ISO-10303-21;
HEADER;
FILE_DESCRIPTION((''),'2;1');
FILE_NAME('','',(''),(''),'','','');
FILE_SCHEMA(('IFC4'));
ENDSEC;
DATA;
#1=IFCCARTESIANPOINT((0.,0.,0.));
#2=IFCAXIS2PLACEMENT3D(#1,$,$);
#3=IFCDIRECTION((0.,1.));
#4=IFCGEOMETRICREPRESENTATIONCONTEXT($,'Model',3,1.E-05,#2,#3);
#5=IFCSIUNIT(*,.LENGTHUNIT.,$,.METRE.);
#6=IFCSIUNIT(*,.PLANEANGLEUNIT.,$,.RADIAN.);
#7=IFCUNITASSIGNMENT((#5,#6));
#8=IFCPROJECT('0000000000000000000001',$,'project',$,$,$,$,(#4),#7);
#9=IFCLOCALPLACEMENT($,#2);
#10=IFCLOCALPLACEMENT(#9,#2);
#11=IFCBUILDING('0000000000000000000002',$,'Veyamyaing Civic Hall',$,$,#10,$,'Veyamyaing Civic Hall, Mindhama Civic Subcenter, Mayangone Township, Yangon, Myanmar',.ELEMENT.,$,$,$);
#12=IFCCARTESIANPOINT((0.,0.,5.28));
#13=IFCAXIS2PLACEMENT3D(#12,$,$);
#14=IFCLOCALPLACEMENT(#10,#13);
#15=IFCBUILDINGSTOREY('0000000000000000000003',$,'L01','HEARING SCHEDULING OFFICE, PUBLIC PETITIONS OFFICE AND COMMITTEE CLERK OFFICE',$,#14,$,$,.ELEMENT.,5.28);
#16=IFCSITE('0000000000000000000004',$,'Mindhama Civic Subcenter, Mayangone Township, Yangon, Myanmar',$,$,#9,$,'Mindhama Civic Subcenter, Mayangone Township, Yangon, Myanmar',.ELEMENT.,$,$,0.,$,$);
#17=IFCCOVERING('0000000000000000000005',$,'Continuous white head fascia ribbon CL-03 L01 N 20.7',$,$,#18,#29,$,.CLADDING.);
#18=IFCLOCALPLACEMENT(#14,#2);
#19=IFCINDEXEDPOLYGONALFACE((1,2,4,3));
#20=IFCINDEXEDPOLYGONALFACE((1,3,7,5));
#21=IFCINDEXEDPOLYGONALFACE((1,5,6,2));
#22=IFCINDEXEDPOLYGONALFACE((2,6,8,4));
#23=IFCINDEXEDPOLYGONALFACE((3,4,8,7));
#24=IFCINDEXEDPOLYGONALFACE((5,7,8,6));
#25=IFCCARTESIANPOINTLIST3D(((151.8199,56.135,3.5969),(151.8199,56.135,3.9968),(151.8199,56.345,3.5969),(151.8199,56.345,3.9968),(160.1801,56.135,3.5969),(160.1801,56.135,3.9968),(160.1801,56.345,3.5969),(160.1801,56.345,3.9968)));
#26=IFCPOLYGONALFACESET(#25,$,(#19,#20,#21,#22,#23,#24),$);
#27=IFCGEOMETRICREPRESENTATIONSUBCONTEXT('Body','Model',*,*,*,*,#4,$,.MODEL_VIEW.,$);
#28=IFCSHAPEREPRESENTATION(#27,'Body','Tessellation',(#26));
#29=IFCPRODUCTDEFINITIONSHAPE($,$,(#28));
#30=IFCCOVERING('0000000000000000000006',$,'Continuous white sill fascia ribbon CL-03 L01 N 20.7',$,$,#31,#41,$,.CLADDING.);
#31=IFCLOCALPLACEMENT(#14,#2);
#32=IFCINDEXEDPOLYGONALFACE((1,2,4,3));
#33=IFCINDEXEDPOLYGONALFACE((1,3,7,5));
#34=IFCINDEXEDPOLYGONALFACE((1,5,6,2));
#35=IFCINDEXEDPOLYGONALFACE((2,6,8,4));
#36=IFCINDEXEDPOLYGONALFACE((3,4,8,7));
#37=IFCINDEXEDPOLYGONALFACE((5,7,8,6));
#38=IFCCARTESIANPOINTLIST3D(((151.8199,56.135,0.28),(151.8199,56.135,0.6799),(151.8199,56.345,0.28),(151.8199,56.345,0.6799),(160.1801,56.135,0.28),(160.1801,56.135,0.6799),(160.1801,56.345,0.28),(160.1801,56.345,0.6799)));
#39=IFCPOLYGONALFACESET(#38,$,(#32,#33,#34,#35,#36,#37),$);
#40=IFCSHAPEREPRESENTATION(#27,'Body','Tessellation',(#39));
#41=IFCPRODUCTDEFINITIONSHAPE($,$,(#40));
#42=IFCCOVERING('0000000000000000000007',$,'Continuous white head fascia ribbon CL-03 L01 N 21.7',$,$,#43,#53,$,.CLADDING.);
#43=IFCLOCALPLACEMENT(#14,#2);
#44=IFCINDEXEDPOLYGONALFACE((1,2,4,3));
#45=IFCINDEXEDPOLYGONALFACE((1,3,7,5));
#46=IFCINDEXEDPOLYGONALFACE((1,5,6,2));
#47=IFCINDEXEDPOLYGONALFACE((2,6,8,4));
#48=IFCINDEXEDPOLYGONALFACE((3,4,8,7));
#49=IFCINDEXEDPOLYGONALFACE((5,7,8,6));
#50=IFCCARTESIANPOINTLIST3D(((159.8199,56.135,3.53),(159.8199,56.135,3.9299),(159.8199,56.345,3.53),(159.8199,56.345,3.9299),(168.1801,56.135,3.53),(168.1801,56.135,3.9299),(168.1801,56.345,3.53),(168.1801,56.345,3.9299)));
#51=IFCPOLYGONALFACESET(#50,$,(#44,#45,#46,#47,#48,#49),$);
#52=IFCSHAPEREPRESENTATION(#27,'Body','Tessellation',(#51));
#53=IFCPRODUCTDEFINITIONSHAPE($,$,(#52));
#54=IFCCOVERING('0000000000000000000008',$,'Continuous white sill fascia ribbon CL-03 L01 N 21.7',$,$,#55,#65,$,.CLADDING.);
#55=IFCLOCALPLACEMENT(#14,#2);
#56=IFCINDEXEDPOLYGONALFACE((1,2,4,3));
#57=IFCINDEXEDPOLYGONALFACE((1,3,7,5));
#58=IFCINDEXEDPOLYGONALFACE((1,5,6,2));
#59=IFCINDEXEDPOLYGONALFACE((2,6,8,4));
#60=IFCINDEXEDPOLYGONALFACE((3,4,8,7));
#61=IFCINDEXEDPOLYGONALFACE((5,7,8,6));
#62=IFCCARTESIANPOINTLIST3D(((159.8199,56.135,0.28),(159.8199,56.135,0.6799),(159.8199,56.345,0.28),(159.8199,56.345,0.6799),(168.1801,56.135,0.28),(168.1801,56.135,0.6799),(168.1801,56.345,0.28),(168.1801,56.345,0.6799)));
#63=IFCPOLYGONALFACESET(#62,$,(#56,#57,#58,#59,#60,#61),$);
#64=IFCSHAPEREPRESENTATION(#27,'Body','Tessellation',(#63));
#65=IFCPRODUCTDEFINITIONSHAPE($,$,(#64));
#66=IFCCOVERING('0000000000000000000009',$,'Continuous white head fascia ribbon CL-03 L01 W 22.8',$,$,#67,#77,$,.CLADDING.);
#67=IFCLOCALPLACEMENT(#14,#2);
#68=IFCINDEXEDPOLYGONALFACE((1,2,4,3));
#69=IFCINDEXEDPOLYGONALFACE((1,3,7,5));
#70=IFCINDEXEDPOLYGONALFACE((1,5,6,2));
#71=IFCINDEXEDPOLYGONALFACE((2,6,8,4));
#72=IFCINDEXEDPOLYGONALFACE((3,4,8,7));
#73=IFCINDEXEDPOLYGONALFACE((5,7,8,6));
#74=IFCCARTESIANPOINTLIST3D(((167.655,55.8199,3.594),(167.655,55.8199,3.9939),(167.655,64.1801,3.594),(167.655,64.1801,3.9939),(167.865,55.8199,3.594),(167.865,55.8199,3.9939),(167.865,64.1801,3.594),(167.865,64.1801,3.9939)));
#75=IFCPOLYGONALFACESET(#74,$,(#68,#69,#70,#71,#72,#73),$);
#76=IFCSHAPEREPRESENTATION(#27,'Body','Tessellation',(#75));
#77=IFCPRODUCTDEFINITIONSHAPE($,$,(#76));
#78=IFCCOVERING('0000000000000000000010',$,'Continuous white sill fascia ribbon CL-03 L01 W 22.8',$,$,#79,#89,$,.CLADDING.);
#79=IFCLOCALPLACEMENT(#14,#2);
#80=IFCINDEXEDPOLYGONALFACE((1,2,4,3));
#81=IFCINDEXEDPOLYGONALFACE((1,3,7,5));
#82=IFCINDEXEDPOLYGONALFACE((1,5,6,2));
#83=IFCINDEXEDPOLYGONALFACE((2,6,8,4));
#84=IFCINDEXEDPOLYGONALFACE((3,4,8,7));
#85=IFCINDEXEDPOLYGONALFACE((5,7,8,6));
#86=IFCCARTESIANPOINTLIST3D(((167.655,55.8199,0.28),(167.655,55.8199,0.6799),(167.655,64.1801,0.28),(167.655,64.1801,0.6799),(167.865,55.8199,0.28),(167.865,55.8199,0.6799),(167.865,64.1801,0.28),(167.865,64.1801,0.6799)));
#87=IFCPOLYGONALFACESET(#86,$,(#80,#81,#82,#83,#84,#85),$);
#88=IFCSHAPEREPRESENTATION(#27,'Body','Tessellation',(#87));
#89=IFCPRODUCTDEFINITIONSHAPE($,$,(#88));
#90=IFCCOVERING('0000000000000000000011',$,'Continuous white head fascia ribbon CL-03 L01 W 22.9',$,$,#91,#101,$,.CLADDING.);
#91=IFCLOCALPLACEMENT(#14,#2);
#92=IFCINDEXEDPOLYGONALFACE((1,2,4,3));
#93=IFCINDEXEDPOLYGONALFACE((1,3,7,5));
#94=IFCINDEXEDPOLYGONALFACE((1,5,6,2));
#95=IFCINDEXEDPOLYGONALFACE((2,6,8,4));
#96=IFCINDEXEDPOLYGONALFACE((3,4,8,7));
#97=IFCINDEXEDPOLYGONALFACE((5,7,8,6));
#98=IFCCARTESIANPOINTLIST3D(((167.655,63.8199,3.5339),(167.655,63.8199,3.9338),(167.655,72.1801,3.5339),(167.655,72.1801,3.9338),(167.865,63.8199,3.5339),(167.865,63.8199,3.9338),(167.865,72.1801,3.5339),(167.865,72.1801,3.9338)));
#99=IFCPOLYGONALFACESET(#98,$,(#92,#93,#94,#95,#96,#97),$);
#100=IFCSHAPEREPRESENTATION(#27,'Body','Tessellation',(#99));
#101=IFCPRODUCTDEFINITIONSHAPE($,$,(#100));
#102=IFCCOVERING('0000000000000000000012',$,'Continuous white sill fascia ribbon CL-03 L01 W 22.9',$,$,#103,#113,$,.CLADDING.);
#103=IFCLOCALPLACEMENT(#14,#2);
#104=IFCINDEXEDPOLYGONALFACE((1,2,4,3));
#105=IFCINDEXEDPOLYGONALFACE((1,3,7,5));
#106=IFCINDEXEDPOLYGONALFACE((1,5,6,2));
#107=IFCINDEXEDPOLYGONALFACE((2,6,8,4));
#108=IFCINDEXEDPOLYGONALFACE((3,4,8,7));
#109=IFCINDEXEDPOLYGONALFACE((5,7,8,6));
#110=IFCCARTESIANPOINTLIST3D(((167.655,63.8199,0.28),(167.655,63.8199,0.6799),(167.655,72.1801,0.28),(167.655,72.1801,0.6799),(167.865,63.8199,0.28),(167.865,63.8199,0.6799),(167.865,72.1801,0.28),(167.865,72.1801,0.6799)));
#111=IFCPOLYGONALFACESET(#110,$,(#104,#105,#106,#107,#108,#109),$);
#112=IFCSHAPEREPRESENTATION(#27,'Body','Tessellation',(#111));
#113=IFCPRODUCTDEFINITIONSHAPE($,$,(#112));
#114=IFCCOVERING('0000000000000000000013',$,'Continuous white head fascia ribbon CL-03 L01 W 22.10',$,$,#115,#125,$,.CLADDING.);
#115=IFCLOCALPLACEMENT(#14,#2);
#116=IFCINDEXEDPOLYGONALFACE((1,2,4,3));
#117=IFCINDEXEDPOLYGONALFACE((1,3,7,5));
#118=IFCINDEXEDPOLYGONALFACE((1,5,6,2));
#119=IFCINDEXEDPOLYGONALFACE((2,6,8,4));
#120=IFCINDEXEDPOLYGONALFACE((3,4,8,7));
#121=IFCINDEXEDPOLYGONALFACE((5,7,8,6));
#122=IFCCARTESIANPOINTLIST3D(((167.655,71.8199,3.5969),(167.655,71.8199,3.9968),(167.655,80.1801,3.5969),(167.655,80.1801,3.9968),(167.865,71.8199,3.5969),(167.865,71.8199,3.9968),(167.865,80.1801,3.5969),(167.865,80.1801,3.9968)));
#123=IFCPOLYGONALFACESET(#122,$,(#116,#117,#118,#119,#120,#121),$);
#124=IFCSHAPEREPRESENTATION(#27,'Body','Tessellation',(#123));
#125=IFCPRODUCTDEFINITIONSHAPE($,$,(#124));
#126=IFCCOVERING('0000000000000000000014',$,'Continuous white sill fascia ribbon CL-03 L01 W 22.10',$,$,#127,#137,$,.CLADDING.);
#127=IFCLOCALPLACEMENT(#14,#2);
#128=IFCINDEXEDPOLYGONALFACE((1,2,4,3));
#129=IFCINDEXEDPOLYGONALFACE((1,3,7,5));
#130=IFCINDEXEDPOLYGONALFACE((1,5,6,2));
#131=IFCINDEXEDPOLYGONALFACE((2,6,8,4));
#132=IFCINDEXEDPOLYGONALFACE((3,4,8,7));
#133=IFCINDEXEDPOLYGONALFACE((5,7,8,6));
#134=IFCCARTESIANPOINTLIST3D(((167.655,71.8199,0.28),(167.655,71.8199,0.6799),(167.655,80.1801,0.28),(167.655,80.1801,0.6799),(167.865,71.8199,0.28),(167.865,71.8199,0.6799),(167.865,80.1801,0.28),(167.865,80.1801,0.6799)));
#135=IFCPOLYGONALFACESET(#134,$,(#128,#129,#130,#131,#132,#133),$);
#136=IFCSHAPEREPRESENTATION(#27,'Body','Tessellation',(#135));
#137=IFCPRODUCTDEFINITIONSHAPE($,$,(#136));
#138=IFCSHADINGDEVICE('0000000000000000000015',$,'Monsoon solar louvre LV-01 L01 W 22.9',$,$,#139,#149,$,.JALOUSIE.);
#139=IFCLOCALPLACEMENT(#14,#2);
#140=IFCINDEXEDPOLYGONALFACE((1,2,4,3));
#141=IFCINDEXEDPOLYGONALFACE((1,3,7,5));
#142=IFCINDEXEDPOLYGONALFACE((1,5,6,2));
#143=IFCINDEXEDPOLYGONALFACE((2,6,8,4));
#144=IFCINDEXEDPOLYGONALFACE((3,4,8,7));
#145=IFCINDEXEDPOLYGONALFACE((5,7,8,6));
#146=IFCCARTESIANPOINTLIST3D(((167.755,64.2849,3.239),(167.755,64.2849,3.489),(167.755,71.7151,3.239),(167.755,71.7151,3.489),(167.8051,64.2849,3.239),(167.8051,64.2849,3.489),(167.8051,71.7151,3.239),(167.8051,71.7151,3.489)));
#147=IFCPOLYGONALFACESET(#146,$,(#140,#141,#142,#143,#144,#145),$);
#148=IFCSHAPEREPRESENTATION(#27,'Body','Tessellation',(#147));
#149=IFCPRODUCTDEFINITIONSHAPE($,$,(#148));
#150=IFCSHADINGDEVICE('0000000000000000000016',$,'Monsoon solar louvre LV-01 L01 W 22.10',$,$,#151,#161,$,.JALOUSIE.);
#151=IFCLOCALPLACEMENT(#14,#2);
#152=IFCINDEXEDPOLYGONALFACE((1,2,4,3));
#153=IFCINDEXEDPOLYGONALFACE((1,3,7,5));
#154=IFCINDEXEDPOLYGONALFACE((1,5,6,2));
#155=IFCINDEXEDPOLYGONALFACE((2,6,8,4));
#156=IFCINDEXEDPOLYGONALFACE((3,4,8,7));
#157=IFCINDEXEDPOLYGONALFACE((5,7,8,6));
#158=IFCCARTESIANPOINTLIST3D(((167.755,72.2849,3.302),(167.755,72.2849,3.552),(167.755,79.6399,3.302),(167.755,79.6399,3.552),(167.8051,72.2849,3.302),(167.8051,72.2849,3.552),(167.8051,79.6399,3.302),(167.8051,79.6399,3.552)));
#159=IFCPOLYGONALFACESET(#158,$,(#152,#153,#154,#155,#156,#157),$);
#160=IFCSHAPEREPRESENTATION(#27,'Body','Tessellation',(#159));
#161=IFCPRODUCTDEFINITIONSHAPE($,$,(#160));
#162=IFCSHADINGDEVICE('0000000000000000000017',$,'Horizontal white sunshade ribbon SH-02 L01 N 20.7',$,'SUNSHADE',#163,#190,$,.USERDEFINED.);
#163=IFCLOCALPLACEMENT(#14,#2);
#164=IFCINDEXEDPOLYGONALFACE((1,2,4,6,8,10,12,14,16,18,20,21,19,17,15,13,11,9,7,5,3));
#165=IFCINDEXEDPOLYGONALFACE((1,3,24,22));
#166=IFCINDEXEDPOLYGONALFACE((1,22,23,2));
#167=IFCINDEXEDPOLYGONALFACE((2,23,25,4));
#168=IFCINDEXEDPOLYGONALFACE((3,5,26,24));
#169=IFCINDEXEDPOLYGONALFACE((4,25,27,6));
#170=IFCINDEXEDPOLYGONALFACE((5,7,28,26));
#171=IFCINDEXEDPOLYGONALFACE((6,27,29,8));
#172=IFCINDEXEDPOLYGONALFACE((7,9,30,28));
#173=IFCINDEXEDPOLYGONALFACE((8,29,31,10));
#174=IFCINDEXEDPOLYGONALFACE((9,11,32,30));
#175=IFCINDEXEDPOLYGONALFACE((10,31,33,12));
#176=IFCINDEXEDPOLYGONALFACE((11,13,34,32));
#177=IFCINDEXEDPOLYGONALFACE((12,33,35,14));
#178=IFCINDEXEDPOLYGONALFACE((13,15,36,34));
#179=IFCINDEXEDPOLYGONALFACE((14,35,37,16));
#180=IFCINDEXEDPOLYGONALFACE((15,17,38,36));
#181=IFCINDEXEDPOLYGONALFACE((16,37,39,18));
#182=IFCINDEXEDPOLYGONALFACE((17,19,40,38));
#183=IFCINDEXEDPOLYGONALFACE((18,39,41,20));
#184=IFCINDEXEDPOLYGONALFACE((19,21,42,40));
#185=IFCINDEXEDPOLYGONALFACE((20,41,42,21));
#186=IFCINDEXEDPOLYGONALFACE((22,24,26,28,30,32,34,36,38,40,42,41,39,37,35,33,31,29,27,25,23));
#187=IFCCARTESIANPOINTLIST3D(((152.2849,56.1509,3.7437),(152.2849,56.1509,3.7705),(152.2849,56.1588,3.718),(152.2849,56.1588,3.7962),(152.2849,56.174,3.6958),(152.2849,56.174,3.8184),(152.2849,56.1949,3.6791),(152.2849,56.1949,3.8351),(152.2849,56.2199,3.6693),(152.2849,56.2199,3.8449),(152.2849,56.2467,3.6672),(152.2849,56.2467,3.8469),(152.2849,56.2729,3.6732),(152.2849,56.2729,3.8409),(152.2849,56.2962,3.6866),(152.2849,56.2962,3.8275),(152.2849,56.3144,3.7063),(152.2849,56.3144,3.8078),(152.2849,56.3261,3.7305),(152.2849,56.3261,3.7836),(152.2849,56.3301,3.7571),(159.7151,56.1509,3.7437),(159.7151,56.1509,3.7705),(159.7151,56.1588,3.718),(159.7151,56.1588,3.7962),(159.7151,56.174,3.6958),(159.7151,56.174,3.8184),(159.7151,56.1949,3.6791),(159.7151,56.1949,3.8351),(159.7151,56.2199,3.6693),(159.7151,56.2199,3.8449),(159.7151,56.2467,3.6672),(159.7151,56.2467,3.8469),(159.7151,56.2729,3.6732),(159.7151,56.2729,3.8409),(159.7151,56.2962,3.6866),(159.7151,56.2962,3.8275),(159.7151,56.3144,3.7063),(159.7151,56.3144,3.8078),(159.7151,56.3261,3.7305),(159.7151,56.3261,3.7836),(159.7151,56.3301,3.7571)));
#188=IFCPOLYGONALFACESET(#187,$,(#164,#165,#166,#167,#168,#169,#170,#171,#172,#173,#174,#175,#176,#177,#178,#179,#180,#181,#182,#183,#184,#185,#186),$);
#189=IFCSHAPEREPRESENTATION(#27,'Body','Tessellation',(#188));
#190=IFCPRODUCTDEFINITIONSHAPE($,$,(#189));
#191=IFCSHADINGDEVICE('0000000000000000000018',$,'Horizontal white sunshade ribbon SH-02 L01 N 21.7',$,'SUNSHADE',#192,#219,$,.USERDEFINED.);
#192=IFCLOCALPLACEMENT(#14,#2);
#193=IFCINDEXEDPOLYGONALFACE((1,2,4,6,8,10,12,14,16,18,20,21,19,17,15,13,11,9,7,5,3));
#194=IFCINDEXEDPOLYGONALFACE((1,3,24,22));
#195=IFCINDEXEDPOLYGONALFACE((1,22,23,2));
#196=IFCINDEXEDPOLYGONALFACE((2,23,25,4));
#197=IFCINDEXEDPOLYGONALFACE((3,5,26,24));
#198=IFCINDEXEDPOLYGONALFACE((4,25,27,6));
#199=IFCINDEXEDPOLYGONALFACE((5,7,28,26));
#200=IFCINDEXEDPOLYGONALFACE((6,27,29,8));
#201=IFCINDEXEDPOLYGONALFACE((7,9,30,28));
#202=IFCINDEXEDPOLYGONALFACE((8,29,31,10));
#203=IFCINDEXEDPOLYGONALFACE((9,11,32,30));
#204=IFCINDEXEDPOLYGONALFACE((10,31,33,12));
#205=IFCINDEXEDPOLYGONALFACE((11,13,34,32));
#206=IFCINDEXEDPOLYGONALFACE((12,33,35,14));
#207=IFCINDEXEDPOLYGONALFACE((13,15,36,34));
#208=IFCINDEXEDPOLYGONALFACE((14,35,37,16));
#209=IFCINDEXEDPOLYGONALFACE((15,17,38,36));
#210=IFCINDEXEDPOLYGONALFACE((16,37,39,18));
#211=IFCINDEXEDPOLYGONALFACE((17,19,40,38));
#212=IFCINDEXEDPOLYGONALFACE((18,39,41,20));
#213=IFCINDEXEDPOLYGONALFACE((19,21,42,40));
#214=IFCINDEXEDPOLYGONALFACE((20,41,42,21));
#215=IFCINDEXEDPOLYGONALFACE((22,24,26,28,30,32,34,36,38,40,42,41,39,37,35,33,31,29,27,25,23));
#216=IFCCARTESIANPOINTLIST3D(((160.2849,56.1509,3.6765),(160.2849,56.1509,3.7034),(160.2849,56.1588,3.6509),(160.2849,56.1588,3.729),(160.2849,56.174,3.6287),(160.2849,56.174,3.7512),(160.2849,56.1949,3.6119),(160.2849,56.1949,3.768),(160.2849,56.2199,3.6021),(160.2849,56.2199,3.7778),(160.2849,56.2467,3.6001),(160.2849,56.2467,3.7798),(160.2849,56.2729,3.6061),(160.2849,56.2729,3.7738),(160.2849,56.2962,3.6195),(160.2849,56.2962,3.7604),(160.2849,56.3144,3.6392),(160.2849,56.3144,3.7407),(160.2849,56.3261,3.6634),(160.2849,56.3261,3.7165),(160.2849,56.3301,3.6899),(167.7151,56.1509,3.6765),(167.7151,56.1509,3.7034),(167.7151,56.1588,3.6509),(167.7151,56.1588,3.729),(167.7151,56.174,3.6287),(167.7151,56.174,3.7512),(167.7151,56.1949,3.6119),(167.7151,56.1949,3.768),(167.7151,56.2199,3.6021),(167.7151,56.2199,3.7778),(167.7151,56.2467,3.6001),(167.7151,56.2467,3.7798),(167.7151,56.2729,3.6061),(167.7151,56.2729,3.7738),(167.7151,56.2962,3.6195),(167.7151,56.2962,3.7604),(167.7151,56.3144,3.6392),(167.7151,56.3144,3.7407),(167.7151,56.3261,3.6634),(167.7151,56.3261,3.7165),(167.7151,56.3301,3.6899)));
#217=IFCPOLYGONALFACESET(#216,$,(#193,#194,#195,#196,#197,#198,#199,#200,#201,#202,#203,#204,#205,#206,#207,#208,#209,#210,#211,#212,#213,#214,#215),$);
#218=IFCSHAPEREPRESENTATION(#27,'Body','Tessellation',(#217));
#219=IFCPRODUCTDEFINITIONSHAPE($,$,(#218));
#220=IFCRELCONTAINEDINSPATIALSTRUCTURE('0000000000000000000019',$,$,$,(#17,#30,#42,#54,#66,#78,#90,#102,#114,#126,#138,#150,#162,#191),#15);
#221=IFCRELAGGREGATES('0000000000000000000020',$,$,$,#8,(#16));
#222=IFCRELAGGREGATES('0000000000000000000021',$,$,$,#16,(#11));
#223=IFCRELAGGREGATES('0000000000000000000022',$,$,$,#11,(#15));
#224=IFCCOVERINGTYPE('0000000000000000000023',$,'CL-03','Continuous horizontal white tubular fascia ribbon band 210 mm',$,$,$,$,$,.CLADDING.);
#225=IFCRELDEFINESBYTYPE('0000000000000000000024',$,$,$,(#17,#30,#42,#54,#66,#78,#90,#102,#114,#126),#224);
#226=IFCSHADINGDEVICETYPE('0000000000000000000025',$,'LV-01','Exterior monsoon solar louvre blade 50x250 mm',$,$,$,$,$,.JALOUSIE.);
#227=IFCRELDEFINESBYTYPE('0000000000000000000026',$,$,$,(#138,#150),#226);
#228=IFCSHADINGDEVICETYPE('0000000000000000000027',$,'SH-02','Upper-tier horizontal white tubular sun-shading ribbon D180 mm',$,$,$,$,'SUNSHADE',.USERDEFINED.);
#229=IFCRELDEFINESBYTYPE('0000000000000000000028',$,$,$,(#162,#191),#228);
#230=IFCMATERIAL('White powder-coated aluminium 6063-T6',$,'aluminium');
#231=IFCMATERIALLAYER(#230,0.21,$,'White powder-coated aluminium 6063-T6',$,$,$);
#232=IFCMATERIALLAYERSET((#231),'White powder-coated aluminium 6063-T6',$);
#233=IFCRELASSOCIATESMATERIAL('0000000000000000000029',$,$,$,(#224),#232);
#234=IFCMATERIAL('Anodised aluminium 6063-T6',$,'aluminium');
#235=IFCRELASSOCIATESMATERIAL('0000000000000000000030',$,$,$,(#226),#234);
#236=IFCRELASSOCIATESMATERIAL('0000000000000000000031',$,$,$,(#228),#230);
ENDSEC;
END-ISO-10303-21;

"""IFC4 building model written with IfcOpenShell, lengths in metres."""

from ifc_helpers import new_model, si_unit, direction, frame, origin, origin_2d, place, context, subcontext, project, spatial, rectangle, circle, extrude, material, layer, layer_set, material_profile, profile_set, type_object, element, save


model = new_model("IFC4")

# Units and contexts
model_context = context("Model", 3, precision=1e-05, world=origin(), true_north=direction((0.0, 1.0)))
body_context = subcontext(model_context, "Body", "Model", "MODEL_VIEW")
ifc_project = project(units=[si_unit("LENGTHUNIT", "METRE"), si_unit("PLANEANGLEUNIT", "RADIAN")], contexts=[model_context])

# Site, building, storey
site_placement = place(None, origin())
site = spatial("IfcSite", under=ifc_project, at=site_placement, Name="Mindhama Civic Subcenter, Mayangone Township, Yangon, Myanmar", LongName="Mindhama Civic Subcenter, Mayangone Township, Yangon, Myanmar", CompositionType="ELEMENT", RefElevation=0.0)
building_placement = place(site_placement, origin())
building = spatial("IfcBuilding", under=site, at=building_placement, Name="Veyamyaing Civic Hall", LongName="Veyamyaing Civic Hall, Mindhama Civic Subcenter, Mayangone Township, Yangon, Myanmar", CompositionType="ELEMENT")
storey_placement = place(building_placement, frame((0.0, 0.0, 5.28)))
storey = spatial("IfcBuildingStorey", under=building, at=storey_placement, Name="L01", Description="HEARING SCHEDULING OFFICE, PUBLIC PETITIONS OFFICE AND COMMITTEE CLERK OFFICE", CompositionType="ELEMENT", Elevation=5.28)

# Coverings
ifc_material_1 = material(Name="White powder-coated aluminium 6063-T6", Category="aluminium")
ifc_layer_1 = layer(ifc_material_1, 0.21, Name="White powder-coated aluminium 6063-T6")
ifc_layer_set_1 = layer_set([ifc_layer_1], Name="White powder-coated aluminium 6063-T6")
covering_type_1 = type_object("IfcCoveringType", Name="CL-03", Description="Continuous horizontal white tubular fascia ribbon band 210 mm", PredefinedType="CLADDING", material=ifc_layer_set_1)
for number, where, z_axis, x_axis, name in (
    (1, (156.0, 56.24, 3.5969), (0.0, 0.0, 1.0), (1.0, 0.0, 0.0), "Continuous white head fascia ribbon CL-03 L01 N 20.7"),
    (2, (156.0, 56.24, 0.28), (0.0, 0.0, 1.0), (1.0, 0.0, 0.0), "Continuous white sill fascia ribbon CL-03 L01 N 20.7"),
    (3, (164.0, 56.24, 3.53), (0.0, 0.0, 1.0), (1.0, 0.0, 0.0), "Continuous white head fascia ribbon CL-03 L01 N 21.7"),
    (4, (164.0, 56.24, 0.28), (0.0, 0.0, 1.0), (1.0, 0.0, 0.0), "Continuous white sill fascia ribbon CL-03 L01 N 21.7"),
    (5, (167.76, 60.0, 3.594), (0.0, 0.0, 1.0), (0.0, 1.0, 0.0), "Continuous white head fascia ribbon CL-03 L01 W 22.8"),
    (6, (167.76, 60.0, 0.28), (0.0, 0.0, 1.0), (0.0, 1.0, 0.0), "Continuous white sill fascia ribbon CL-03 L01 W 22.8"),
    (7, (167.76, 68.0, 3.5339), (0.0, 0.0, 1.0), (0.0, 1.0, 0.0), "Continuous white head fascia ribbon CL-03 L01 W 22.9"),
    (8, (167.76, 68.0, 0.28), (0.0, 0.0, 1.0), (0.0, 1.0, 0.0), "Continuous white sill fascia ribbon CL-03 L01 W 22.9"),
    (9, (167.76, 76.0, 3.5969), (0.0, 0.0, 1.0), (0.0, 1.0, 0.0), "Continuous white head fascia ribbon CL-03 L01 W 22.10"),
    (10, (167.76, 76.0, 0.28), (0.0, 0.0, 1.0), (0.0, 1.0, 0.0), "Continuous white sill fascia ribbon CL-03 L01 W 22.10"),
):
    element("IfcCovering", number, at=place(storey_placement, frame(where, z_axis=z_axis, x_axis=x_axis)), inside=storey, type_object=covering_type_1, Name=name, PredefinedType="CLADDING", context=body_context, shape_type="SweptSolid", body=[
        extrude(rectangle(XDim=8.3601, YDim=0.21, at=origin_2d()), origin(), (0.0, 0.0, 1.0), 0.3999),
    ])

# Shading devices
ifc_material_2 = material(Name="Anodised aluminium 6063-T6", Category="aluminium")
ifc_material_profile_1 = material_profile(ifc_material_2, rectangle(XDim=0.05, YDim=0.25, at=origin_2d()), Name="LOUVRE-BLADE-50X250")
ifc_profile_set_1 = profile_set([ifc_material_profile_1], Name="Anodised aluminium 6063-T6")
shading_device_type_1 = type_object("IfcShadingDeviceType", Name="LV-01", Description="Exterior monsoon solar louvre blade 50x250 mm", PredefinedType="JALOUSIE", material=ifc_profile_set_1)
shading_device_1_placement = place(storey_placement, frame((167.78, 64.2849, 3.364), z_axis=(0.0, 1.0, 0.0), x_axis=(-1.0, 0.0, 0.0)))
element("IfcShadingDevice", 11, at=shading_device_1_placement, inside=storey, type_object=shading_device_type_1, Name="Monsoon solar louvre LV-01 L01 W 22.9", PredefinedType="JALOUSIE", context=body_context, shape_type="SweptSolid", body=[
    extrude(rectangle(XDim=0.05, YDim=0.25, at=origin_2d()), origin(), (0.0, 0.0, 1.0), 7.4302),
])
shading_device_2_placement = place(storey_placement, frame((167.78, 72.2849, 3.427), z_axis=(0.0, 1.0, 0.0), x_axis=(-1.0, 0.0, 0.0)))
element("IfcShadingDevice", 12, at=shading_device_2_placement, inside=storey, type_object=shading_device_type_1, Name="Monsoon solar louvre LV-01 L01 W 22.10", PredefinedType="JALOUSIE", context=body_context, shape_type="SweptSolid", body=[
    extrude(rectangle(XDim=0.05, YDim=0.25, at=origin_2d()), origin(), (0.0, 0.0, 1.0), 7.355),
])
ifc_material_profile_2 = material_profile(ifc_material_1, circle(Radius=0.0901, at=origin_2d()), Name="SHADE-TUBE-180")
ifc_profile_set_2 = profile_set([ifc_material_profile_2], Name="White powder-coated aluminium 6063-T6")
shading_device_type_2 = type_object("IfcShadingDeviceType", Name="SH-02", Description="Upper-tier horizontal white tubular sun-shading ribbon D180 mm", ElementType="SUNSHADE", PredefinedType="USERDEFINED", material=ifc_profile_set_2)
for number, where, z_axis, x_axis, name in (
    (13, (152.2849, 56.24, 3.7571), (1.0, 0.0, 0.0), (0.0, 1.0, 0.0), "Horizontal white sunshade ribbon SH-02 L01 N 20.7"),
    (14, (160.2849, 56.24, 3.6899), (1.0, 0.0, 0.0), (0.0, 1.0, 0.0), "Horizontal white sunshade ribbon SH-02 L01 N 21.7"),
):
    element("IfcShadingDevice", number, at=place(storey_placement, frame(where, z_axis=z_axis, x_axis=x_axis)), inside=storey, type_object=shading_device_type_2, Name=name, ObjectType="SUNSHADE", PredefinedType="USERDEFINED", context=body_context, shape_type="SweptSolid", body=[
        extrude(circle(Radius=0.0901, at=origin_2d()), origin(), (0.0, 0.0, 1.0), 7.4302),
    ])

save(model, "model.ifc")
